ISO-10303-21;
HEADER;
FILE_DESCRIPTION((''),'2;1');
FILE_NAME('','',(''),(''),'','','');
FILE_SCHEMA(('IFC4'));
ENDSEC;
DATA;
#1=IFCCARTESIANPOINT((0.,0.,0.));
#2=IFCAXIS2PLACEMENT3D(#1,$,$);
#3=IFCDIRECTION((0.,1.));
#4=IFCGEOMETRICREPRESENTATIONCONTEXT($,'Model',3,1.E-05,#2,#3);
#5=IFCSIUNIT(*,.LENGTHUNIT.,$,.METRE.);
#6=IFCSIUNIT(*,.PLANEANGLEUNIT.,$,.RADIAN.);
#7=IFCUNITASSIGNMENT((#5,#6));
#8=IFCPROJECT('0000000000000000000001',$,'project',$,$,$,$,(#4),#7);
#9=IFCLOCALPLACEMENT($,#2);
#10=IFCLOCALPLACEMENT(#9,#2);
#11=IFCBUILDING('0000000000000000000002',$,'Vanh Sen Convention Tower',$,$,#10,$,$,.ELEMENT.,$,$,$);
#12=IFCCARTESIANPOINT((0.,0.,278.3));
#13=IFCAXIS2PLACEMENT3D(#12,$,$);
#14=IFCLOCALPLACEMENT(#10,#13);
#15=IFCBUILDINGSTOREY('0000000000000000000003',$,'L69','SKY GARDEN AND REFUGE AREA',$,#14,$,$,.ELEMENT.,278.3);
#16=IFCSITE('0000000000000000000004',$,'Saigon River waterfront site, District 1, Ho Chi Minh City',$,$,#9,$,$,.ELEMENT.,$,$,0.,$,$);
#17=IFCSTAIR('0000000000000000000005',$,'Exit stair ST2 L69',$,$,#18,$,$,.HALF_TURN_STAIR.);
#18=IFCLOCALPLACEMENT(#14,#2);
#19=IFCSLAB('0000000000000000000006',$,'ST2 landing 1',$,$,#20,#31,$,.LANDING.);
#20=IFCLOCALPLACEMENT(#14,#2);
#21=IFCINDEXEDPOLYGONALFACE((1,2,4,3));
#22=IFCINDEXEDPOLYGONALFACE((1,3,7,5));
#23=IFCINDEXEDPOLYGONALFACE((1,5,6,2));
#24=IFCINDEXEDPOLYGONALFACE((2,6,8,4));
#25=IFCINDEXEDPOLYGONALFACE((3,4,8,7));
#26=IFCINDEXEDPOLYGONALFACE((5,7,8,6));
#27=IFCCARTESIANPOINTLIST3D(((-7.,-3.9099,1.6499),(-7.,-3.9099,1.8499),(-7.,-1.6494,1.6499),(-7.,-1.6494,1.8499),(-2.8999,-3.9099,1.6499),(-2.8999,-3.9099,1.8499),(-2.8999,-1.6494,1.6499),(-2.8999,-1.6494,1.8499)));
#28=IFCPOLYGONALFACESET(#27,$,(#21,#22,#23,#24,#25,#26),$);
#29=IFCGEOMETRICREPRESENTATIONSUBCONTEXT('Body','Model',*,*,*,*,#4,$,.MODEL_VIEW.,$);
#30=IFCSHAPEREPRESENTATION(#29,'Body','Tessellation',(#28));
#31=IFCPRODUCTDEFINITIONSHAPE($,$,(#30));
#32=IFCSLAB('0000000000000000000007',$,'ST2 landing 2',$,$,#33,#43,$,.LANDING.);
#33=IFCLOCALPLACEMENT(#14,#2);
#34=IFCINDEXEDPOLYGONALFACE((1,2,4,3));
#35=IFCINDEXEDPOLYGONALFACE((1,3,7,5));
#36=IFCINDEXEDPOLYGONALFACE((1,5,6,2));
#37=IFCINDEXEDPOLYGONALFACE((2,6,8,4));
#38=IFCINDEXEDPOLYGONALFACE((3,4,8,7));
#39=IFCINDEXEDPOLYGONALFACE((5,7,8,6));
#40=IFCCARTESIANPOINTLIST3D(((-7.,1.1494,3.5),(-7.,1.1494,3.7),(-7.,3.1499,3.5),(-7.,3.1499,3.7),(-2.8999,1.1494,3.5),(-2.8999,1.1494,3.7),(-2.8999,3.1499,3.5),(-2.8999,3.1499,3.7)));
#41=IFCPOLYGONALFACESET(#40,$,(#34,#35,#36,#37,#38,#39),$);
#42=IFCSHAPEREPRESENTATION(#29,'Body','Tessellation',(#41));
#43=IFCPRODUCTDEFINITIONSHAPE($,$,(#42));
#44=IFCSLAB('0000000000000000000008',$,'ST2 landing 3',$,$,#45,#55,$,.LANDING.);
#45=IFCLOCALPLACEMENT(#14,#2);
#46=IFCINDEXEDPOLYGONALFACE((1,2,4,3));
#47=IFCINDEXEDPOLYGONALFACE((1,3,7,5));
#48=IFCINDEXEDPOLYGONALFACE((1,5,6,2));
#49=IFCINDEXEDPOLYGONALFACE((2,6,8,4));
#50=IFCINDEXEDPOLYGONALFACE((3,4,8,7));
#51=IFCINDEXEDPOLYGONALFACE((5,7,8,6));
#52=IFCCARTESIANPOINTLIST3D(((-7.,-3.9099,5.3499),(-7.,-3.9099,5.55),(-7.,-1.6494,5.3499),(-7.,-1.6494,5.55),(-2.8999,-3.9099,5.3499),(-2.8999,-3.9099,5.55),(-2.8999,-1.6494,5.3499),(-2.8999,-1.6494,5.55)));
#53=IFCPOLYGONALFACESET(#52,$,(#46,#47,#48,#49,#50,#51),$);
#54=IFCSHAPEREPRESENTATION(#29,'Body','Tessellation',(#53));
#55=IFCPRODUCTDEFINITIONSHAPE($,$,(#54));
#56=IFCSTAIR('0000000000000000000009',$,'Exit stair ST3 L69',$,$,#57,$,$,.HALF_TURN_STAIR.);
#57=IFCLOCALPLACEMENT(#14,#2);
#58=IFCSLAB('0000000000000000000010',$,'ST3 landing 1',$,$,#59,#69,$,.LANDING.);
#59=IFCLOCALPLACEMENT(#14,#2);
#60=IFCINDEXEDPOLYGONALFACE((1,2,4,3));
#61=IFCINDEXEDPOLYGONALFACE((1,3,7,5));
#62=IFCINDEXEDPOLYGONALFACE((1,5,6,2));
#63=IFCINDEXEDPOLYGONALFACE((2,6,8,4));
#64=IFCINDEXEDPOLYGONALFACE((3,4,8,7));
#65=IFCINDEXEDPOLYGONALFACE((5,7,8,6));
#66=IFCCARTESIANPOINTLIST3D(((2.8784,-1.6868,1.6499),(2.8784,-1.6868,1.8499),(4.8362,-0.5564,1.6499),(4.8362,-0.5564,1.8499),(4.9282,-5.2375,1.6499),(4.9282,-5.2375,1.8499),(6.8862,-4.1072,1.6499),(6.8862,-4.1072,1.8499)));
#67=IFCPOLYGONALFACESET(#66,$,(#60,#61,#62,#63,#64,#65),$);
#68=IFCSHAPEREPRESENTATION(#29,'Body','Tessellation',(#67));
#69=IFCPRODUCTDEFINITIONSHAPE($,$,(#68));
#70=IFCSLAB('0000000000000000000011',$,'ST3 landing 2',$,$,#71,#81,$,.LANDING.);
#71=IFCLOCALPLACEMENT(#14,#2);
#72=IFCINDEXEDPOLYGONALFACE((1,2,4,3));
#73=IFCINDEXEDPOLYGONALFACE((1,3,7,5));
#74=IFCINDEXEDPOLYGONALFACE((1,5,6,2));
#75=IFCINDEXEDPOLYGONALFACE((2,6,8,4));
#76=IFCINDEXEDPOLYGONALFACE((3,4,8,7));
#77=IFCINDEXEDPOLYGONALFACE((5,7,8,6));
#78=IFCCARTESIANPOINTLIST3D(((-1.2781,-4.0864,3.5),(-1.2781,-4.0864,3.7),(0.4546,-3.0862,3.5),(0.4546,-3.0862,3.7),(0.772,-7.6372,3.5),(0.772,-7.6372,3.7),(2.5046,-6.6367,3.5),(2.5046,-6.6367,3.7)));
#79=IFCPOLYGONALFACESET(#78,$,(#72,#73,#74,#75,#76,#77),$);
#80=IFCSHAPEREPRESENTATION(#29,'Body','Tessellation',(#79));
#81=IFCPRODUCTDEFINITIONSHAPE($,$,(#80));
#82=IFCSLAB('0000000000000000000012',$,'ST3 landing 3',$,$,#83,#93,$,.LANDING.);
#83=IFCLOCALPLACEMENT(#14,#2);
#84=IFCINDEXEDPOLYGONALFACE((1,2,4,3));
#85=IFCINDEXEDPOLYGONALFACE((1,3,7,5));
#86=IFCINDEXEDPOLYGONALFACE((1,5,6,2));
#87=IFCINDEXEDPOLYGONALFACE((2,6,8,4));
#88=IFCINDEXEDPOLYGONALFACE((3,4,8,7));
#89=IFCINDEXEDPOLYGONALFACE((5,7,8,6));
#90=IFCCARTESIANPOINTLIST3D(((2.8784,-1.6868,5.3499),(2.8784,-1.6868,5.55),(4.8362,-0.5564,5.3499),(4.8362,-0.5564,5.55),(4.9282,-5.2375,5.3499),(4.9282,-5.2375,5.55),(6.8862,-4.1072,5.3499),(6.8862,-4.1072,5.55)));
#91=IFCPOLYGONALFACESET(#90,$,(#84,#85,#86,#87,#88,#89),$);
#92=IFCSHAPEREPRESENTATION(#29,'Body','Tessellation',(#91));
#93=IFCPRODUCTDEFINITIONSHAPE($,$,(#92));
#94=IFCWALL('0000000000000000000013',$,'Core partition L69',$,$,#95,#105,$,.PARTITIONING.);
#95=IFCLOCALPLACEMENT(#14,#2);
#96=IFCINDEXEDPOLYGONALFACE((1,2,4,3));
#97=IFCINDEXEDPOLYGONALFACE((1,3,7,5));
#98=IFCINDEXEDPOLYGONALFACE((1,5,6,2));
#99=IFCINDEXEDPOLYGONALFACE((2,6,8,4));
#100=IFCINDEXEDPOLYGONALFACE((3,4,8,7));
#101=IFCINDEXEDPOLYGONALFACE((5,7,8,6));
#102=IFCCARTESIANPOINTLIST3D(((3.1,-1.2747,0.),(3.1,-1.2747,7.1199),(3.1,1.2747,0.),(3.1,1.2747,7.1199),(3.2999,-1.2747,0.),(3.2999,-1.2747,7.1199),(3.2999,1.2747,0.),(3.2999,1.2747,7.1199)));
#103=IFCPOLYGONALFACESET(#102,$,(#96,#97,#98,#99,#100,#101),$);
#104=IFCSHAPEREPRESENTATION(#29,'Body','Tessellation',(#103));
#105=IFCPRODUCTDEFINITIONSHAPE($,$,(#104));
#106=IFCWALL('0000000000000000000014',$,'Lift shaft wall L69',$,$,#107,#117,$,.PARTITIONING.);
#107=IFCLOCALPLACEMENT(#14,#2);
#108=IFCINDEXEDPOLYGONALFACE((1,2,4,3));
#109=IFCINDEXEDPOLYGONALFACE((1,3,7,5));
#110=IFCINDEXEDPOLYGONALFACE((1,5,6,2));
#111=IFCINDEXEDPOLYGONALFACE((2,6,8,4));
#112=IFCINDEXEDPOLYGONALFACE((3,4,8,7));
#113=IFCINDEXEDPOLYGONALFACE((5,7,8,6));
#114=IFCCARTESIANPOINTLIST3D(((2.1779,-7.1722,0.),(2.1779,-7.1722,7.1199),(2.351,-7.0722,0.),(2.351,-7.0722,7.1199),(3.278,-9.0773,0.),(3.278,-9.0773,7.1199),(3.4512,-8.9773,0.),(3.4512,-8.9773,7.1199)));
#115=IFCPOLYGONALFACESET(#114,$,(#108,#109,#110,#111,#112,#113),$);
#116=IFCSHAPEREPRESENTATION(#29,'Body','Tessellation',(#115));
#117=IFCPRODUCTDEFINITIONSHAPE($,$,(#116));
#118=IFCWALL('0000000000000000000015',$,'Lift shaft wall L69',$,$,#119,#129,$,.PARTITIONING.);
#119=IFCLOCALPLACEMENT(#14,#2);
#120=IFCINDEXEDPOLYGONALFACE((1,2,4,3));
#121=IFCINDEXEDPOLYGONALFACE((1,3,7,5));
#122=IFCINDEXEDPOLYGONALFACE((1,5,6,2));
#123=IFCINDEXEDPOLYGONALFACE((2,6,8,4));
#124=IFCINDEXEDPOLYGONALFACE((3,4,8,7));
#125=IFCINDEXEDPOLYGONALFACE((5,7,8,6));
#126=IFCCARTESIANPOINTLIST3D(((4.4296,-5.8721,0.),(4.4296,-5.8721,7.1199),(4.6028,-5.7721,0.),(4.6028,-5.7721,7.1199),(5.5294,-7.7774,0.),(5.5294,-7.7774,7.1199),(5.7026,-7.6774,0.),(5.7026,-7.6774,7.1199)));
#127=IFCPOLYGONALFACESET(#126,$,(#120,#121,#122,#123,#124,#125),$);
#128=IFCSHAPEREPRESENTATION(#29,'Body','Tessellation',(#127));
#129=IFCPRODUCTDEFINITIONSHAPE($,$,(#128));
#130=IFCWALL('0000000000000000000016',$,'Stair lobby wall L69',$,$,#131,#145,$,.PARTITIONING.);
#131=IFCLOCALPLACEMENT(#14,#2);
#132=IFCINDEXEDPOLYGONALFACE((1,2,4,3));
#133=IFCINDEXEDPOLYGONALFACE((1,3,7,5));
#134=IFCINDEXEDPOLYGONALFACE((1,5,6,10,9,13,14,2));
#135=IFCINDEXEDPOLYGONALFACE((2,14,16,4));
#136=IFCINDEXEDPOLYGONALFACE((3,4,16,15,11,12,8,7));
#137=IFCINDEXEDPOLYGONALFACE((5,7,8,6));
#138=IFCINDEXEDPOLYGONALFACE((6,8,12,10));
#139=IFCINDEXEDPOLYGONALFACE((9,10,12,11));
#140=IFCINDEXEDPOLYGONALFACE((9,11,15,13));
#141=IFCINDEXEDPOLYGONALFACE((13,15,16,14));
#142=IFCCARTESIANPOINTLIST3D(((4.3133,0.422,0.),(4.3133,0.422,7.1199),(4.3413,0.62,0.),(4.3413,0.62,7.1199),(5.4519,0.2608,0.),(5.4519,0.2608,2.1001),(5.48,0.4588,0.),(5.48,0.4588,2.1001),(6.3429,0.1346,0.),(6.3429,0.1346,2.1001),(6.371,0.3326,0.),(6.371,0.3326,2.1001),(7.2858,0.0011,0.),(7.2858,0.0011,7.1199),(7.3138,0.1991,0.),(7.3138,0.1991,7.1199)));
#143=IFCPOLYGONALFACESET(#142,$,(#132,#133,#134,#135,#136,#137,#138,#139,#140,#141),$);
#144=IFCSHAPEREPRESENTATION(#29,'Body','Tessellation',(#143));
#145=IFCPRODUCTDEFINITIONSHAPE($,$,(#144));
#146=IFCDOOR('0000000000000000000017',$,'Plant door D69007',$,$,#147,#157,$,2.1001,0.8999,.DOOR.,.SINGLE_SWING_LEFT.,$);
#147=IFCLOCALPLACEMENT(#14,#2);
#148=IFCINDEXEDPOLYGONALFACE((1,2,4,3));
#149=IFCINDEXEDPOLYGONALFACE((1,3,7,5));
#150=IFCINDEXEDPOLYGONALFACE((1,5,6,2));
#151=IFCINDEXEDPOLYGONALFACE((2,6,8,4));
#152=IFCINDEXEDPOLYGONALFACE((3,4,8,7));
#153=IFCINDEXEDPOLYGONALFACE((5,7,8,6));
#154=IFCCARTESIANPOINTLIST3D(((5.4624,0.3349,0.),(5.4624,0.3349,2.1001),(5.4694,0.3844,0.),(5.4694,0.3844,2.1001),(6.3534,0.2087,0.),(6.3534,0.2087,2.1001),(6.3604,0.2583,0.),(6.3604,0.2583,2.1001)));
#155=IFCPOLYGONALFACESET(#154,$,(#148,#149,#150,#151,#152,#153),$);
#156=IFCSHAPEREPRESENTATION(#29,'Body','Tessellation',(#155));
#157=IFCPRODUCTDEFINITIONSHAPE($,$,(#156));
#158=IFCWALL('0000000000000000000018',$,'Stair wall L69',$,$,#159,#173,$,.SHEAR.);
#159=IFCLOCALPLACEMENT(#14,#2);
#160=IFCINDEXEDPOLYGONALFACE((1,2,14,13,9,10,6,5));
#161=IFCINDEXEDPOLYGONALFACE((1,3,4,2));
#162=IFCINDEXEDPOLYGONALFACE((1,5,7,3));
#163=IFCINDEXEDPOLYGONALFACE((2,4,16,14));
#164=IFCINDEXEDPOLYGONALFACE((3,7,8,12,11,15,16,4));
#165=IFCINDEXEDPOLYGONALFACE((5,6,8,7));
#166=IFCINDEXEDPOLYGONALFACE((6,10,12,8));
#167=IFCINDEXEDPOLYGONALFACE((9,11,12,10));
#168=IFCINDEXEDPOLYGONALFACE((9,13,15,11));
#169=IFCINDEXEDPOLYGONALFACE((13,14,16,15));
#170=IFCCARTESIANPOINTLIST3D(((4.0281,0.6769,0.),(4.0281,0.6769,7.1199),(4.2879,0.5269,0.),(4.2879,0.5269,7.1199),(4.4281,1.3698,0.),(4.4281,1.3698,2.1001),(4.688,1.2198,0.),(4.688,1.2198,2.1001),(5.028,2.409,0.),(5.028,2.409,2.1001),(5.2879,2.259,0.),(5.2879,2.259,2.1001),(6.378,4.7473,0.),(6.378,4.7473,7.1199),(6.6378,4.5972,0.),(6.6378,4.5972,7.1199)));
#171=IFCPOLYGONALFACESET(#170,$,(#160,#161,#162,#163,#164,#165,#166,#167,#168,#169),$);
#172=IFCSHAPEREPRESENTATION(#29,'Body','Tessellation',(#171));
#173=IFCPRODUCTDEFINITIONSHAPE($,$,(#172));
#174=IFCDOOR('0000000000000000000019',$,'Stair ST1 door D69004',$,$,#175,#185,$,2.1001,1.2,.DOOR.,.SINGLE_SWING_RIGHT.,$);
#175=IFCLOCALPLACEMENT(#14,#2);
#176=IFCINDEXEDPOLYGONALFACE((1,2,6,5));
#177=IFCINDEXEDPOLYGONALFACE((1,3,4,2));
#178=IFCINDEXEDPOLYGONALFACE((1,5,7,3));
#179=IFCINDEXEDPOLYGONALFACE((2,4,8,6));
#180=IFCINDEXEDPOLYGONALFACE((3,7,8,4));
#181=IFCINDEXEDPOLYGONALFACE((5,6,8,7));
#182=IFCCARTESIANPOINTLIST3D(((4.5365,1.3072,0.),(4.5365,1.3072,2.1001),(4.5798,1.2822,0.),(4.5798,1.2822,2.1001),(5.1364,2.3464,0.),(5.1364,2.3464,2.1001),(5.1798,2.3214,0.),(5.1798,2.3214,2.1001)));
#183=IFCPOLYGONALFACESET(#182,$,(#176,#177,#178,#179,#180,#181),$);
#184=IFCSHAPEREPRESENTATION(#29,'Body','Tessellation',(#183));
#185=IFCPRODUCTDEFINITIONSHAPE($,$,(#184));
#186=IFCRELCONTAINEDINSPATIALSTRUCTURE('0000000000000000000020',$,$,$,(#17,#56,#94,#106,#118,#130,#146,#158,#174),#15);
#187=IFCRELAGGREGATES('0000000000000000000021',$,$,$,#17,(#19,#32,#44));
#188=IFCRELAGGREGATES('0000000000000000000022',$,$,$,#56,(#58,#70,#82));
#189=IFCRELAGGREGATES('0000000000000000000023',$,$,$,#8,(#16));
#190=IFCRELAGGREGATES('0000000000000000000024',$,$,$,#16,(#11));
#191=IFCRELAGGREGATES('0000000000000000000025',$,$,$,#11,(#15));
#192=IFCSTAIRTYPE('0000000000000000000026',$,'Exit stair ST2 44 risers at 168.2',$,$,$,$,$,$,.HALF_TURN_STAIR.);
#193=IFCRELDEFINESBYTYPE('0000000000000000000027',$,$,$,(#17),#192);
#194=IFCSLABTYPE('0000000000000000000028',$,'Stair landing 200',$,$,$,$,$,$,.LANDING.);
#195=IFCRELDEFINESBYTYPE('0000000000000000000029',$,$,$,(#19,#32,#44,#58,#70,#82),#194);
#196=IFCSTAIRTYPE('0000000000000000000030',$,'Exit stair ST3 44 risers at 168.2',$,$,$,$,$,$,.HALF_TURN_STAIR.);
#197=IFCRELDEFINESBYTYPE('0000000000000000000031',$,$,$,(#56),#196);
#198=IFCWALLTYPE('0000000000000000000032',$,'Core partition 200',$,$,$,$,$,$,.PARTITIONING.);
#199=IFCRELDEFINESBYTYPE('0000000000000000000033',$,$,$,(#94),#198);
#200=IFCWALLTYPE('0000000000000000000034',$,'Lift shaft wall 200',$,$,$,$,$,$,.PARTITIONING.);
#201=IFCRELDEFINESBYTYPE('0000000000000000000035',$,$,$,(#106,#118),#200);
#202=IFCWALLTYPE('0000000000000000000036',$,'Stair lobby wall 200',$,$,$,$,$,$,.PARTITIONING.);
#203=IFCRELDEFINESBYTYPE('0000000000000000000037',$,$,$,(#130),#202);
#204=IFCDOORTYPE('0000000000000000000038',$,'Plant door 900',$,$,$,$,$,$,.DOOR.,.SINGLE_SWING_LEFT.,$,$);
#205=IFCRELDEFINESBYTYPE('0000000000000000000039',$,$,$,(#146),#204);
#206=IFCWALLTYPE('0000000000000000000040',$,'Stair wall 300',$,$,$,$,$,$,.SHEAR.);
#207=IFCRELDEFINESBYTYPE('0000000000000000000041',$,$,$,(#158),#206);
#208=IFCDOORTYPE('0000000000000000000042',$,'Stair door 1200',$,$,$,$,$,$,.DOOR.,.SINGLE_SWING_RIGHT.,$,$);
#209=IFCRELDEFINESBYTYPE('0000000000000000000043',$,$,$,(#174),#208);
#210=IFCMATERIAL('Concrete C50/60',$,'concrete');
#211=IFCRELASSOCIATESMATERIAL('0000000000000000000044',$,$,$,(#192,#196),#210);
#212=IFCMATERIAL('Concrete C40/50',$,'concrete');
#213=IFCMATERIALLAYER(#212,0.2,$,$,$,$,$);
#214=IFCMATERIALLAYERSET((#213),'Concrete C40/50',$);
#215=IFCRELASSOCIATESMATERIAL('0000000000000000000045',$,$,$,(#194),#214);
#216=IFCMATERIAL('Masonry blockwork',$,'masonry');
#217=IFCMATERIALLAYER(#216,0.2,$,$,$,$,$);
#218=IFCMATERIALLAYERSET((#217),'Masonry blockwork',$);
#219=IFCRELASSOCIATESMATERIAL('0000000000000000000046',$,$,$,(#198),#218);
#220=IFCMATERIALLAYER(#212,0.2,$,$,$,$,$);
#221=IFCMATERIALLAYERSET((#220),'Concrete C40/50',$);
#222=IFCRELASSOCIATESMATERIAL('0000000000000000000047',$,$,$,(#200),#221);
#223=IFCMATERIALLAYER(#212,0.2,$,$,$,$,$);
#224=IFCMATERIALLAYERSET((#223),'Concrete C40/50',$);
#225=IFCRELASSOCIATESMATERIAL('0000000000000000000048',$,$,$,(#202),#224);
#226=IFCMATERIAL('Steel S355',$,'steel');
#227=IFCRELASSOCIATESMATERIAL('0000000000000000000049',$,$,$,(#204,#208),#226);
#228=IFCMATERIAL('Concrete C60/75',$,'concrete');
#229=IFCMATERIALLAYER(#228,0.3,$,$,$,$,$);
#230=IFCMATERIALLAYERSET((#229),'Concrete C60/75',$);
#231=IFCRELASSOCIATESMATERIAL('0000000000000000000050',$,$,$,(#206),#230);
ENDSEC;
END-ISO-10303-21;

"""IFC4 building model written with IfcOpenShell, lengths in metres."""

from ifc_helpers import new_model, si_unit, direction, frame, frame_2d, origin, place, context, subcontext, project, spatial, polyline, rectangle, outline, extrude, material, layer, layer_set, type_object, element, fill, aggregate, save


model = new_model("IFC4")

# Units and contexts
model_context = context("Model", 3, precision=1e-05, world=origin(), true_north=direction((0.0, 1.0)))
body_context = subcontext(model_context, "Body", "Model", "MODEL_VIEW")
ifc_project = project(units=[si_unit("LENGTHUNIT", "METRE"), si_unit("PLANEANGLEUNIT", "RADIAN")], contexts=[model_context])

# Site, building, storey
site_placement = place(None, origin())
site = spatial("IfcSite", under=ifc_project, at=site_placement, Name="Saigon River waterfront site, District 1, Ho Chi Minh City", CompositionType="ELEMENT", RefElevation=0.0)
building_placement = place(site_placement, origin())
building = spatial("IfcBuilding", under=site, at=building_placement, Name="Vanh Sen Convention Tower", CompositionType="ELEMENT")
storey_placement = place(building_placement, frame((0.0, 0.0, 278.3)))
storey = spatial("IfcBuildingStorey", under=building, at=storey_placement, Name="L69", Description="SKY GARDEN AND REFUGE AREA", CompositionType="ELEMENT", Elevation=278.3)

# Stairs, slabs
ifc_material_1 = material(Name="Concrete C50/60", Category="concrete")
stair_type_1 = type_object("IfcStairType", Name="Exit stair ST2 44 risers at 168.2", PredefinedType="HALF_TURN_STAIR", material=ifc_material_1)
stair_1_placement = place(storey_placement, origin())
stair_1 = element("IfcStair", 1, at=stair_1_placement, inside=storey, type_object=stair_type_1, Name="Exit stair ST2 L69", PredefinedType="HALF_TURN_STAIR")
ifc_material_2 = material(Name="Concrete C40/50", Category="concrete")
ifc_layer_1 = layer(ifc_material_2, 0.2)
ifc_layer_set_1 = layer_set([ifc_layer_1], Name="Concrete C40/50")
slab_type = type_object("IfcSlabType", Name="Stair landing 200", PredefinedType="LANDING", material=ifc_layer_set_1)
slab_1_placement = place(storey_placement, frame((0.0, 0.0, 1.6499)))
slab_1 = element("IfcSlab", 2, at=slab_1_placement, type_object=slab_type, Name="ST2 landing 1", PredefinedType="LANDING", context=body_context, shape_type="SweptSolid", body=[
    extrude(outline(polyline([(-7.0, -1.6494), (-7.0, -3.9099), (-2.8999, -3.9099), (-2.8999, -1.6494), (-7.0, -1.6494)])), origin(), (0.0, 0.0, 1.0), 0.2),
])
slab_2_placement = place(storey_placement, frame((0.0, 0.0, 3.5)))
slab_2 = element("IfcSlab", 3, at=slab_2_placement, type_object=slab_type, Name="ST2 landing 2", PredefinedType="LANDING", context=body_context, shape_type="SweptSolid", body=[
    extrude(outline(polyline([(-7.0, 3.1499), (-7.0, 1.1494), (-2.8999, 1.1494), (-2.8999, 3.1499), (-7.0, 3.1499)])), origin(), (0.0, 0.0, 1.0), 0.2),
])
slab_3_placement = place(storey_placement, frame((0.0, 0.0, 5.3499)))
slab_3 = element("IfcSlab", 4, at=slab_3_placement, type_object=slab_type, Name="ST2 landing 3", PredefinedType="LANDING", context=body_context, shape_type="SweptSolid", body=[
    extrude(outline(polyline([(-7.0, -1.6494), (-7.0, -3.9099), (-2.8999, -3.9099), (-2.8999, -1.6494), (-7.0, -1.6494)])), origin(), (0.0, 0.0, 1.0), 0.2002),
])
aggregate(stair_1, [slab_1, slab_2, slab_3])
stair_type_2 = type_object("IfcStairType", Name="Exit stair ST3 44 risers at 168.2", PredefinedType="HALF_TURN_STAIR", material=ifc_material_1)
stair_2_placement = place(storey_placement, origin())
stair_2 = element("IfcStair", 5, at=stair_2_placement, inside=storey, type_object=stair_type_2, Name="Exit stair ST3 L69", PredefinedType="HALF_TURN_STAIR")
slab_4_placement = place(storey_placement, frame((0.0, 0.0, 1.6499)))
slab_4 = element("IfcSlab", 6, at=slab_4_placement, type_object=slab_type, Name="ST3 landing 1", PredefinedType="LANDING", context=body_context, shape_type="SweptSolid", body=[
    extrude(outline(polyline([(4.9282, -5.2375), (6.8862, -4.1072), (4.8362, -0.5564), (2.8784, -1.6868), (4.9282, -5.2375)])), origin(), (0.0, 0.0, 1.0), 0.2),
])
slab_5_placement = place(storey_placement, frame((0.0, 0.0, 3.5)))
slab_5 = element("IfcSlab", 7, at=slab_5_placement, type_object=slab_type, Name="ST3 landing 2", PredefinedType="LANDING", context=body_context, shape_type="SweptSolid", body=[
    extrude(outline(polyline([(0.772, -7.6372), (2.5046, -6.6367), (0.4546, -3.0862), (-1.2781, -4.0864), (0.772, -7.6372)])), origin(), (0.0, 0.0, 1.0), 0.2),
])
slab_6_placement = place(storey_placement, frame((0.0, 0.0, 5.3499)))
slab_6 = element("IfcSlab", 8, at=slab_6_placement, type_object=slab_type, Name="ST3 landing 3", PredefinedType="LANDING", context=body_context, shape_type="SweptSolid", body=[
    extrude(outline(polyline([(4.9282, -5.2375), (6.8862, -4.1072), (4.8362, -0.5564), (2.8784, -1.6868), (4.9282, -5.2375)])), origin(), (0.0, 0.0, 1.0), 0.2002),
])
aggregate(stair_2, [slab_4, slab_5, slab_6])

# Walls
ifc_material_3 = material(Name="Masonry blockwork", Category="masonry")
ifc_layer_2 = layer(ifc_material_3, 0.2)
ifc_layer_set_2 = layer_set([ifc_layer_2], Name="Masonry blockwork")
wall_type_1 = type_object("IfcWallType", Name="Core partition 200", PredefinedType="PARTITIONING", material=ifc_layer_set_2)
wall_1_placement = place(storey_placement, frame((3.2, -1.2747, 0.0), z_axis=(0.0, 0.0, 1.0), x_axis=(0.0, 1.0, 0.0)))
element("IfcWall", 9, at=wall_1_placement, inside=storey, type_object=wall_type_1, Name="Core partition L69", PredefinedType="PARTITIONING", context=body_context, shape_type="SweptSolid", body=[
    extrude(rectangle(XDim=2.5493, YDim=0.2, at=frame_2d((1.2747, 0.0))), origin(), (0.0, 0.0, 1.0), 7.1199),
])
ifc_layer_3 = layer(ifc_material_2, 0.2)
ifc_layer_set_3 = layer_set([ifc_layer_3], Name="Concrete C40/50")
wall_type_2 = type_object("IfcWallType", Name="Lift shaft wall 200", PredefinedType="PARTITIONING", material=ifc_layer_set_3)
for number, where, z_axis, x_axis, name in (
    (10, (2.2644, -7.1221, 0.0), (0.0, 0.0, 1.0), (0.500078, -0.86598, 0.0), "Lift shaft wall L69"),
    (11, (4.5161, -5.822, 0.0), (0.0, 0.0, 1.0), (0.499947, -0.866056, 0.0), "Lift shaft wall L69"),
):
    element("IfcWall", number, at=place(storey_placement, frame(where, z_axis=z_axis, x_axis=x_axis)), inside=storey, type_object=wall_type_2, Name=name, PredefinedType="PARTITIONING", context=body_context, shape_type="SweptSolid", body=[
        extrude(rectangle(XDim=2.2, YDim=0.2, at=frame_2d((1.1001, 0.0))), origin(), (0.0, 0.0, 1.0), 7.1199),
    ])

# Walls, openings, doors
ifc_layer_4 = layer(ifc_material_2, 0.2)
ifc_layer_set_4 = layer_set([ifc_layer_4], Name="Concrete C40/50")
wall_type_3 = type_object("IfcWallType", Name="Stair lobby wall 200", PredefinedType="PARTITIONING", material=ifc_layer_set_4)
wall_2_placement = place(storey_placement, frame((4.3274, 0.521, 0.0), z_axis=(0.0, 0.0, 1.0), x_axis=(0.990124, -0.140192, 0.0)))
wall_2 = element("IfcWall", 12, at=wall_2_placement, inside=storey, type_object=wall_type_3, Name="Stair lobby wall L69", PredefinedType="PARTITIONING", context=body_context, shape_type="SweptSolid", body=[
    extrude(rectangle(XDim=3.0022, YDim=0.2, at=frame_2d((1.501, 0.0))), origin(), (0.0, 0.0, 1.0), 7.1199),
])
opening_1_placement = place(wall_2_placement, frame((1.1499, 0.0, 0.0)))
opening_1 = element("IfcOpeningElement", 13, at=opening_1_placement, cuts=wall_2, PredefinedType="OPENING", context=body_context, shape_type="SweptSolid", body=[
    extrude(rectangle(XDim=0.8999, YDim=2.1001, at=frame_2d((0.45, 1.05))), frame((0.0, 0.1099, 0.0), z_axis=(0.0, -1.0, 0.0), x_axis=(1.0, 0.0, 0.0)), (0.0, 0.0, 1.0), 0.22),
])
ifc_material_4 = material(Name="Steel S355", Category="steel")
door_type_1 = type_object("IfcDoorType", Name="Plant door 900", OperationType="SINGLE_SWING_LEFT", PredefinedType="DOOR", material=ifc_material_4)
door_1_placement = place(opening_1_placement, origin())
door_1 = element("IfcDoor", 14, at=door_1_placement, inside=storey, type_object=door_type_1, Name="Plant door D69007", OperationType="SINGLE_SWING_LEFT", OverallHeight=2.1001, OverallWidth=0.8999, PredefinedType="DOOR", context=body_context, shape_type="SweptSolid", body=[
    extrude(rectangle(XDim=0.8999, YDim=2.1001, at=frame_2d((0.45, 1.05))), frame((0.0, 0.0249, 0.0), z_axis=(0.0, -1.0, 0.0), x_axis=(1.0, 0.0, 0.0)), (0.0, 0.0, 1.0), 0.05),
])
fill(opening_1, door_1)
ifc_material_5 = material(Name="Concrete C60/75", Category="concrete")
ifc_layer_5 = layer(ifc_material_5, 0.3)
ifc_layer_set_5 = layer_set([ifc_layer_5], Name="Concrete C60/75")
wall_type_4 = type_object("IfcWallType", Name="Stair wall 300", PredefinedType="SHEAR", material=ifc_layer_set_5)
wall_3_placement = place(storey_placement, frame((4.158, 0.6018, 0.0), z_axis=(0.0, 0.0, 1.0), x_axis=(0.499977, 0.866039, 0.0)))
wall_3 = element("IfcWall", 15, at=wall_3_placement, inside=storey, type_object=wall_type_4, Name="Stair wall L69", PredefinedType="SHEAR", context=body_context, shape_type="SweptSolid", body=[
    extrude(rectangle(XDim=4.7, YDim=0.3, at=frame_2d((2.3501, 0.0))), origin(), (0.0, 0.0, 1.0), 7.1199),
])
opening_2_placement = place(wall_3_placement, frame((0.8, 0.0, 0.0)))
opening_2 = element("IfcOpeningElement", 16, at=opening_2_placement, cuts=wall_3, PredefinedType="OPENING", context=body_context, shape_type="SweptSolid", body=[
    extrude(rectangle(XDim=1.2, YDim=2.1001, at=frame_2d((0.6001, 1.05))), frame((0.0, 0.1599, 0.0), z_axis=(0.0, -1.0, 0.0), x_axis=(1.0, 0.0, 0.0)), (0.0, 0.0, 1.0), 0.3201),
])
door_type_2 = type_object("IfcDoorType", Name="Stair door 1200", OperationType="SINGLE_SWING_RIGHT", PredefinedType="DOOR", material=ifc_material_4)
door_2_placement = place(opening_2_placement, origin())
door_2 = element("IfcDoor", 17, at=door_2_placement, inside=storey, type_object=door_type_2, Name="Stair ST1 door D69004", OperationType="SINGLE_SWING_RIGHT", OverallHeight=2.1001, OverallWidth=1.2, PredefinedType="DOOR", context=body_context, shape_type="SweptSolid", body=[
    extrude(rectangle(XDim=1.2, YDim=2.1001, at=frame_2d((0.6001, 1.05))), frame((0.0, 0.0249, 0.0), z_axis=(0.0, -1.0, 0.0), x_axis=(1.0, 0.0, 0.0)), (0.0, 0.0, 1.0), 0.05),
])
fill(opening_2, door_2)

save(model, "model.ifc")
